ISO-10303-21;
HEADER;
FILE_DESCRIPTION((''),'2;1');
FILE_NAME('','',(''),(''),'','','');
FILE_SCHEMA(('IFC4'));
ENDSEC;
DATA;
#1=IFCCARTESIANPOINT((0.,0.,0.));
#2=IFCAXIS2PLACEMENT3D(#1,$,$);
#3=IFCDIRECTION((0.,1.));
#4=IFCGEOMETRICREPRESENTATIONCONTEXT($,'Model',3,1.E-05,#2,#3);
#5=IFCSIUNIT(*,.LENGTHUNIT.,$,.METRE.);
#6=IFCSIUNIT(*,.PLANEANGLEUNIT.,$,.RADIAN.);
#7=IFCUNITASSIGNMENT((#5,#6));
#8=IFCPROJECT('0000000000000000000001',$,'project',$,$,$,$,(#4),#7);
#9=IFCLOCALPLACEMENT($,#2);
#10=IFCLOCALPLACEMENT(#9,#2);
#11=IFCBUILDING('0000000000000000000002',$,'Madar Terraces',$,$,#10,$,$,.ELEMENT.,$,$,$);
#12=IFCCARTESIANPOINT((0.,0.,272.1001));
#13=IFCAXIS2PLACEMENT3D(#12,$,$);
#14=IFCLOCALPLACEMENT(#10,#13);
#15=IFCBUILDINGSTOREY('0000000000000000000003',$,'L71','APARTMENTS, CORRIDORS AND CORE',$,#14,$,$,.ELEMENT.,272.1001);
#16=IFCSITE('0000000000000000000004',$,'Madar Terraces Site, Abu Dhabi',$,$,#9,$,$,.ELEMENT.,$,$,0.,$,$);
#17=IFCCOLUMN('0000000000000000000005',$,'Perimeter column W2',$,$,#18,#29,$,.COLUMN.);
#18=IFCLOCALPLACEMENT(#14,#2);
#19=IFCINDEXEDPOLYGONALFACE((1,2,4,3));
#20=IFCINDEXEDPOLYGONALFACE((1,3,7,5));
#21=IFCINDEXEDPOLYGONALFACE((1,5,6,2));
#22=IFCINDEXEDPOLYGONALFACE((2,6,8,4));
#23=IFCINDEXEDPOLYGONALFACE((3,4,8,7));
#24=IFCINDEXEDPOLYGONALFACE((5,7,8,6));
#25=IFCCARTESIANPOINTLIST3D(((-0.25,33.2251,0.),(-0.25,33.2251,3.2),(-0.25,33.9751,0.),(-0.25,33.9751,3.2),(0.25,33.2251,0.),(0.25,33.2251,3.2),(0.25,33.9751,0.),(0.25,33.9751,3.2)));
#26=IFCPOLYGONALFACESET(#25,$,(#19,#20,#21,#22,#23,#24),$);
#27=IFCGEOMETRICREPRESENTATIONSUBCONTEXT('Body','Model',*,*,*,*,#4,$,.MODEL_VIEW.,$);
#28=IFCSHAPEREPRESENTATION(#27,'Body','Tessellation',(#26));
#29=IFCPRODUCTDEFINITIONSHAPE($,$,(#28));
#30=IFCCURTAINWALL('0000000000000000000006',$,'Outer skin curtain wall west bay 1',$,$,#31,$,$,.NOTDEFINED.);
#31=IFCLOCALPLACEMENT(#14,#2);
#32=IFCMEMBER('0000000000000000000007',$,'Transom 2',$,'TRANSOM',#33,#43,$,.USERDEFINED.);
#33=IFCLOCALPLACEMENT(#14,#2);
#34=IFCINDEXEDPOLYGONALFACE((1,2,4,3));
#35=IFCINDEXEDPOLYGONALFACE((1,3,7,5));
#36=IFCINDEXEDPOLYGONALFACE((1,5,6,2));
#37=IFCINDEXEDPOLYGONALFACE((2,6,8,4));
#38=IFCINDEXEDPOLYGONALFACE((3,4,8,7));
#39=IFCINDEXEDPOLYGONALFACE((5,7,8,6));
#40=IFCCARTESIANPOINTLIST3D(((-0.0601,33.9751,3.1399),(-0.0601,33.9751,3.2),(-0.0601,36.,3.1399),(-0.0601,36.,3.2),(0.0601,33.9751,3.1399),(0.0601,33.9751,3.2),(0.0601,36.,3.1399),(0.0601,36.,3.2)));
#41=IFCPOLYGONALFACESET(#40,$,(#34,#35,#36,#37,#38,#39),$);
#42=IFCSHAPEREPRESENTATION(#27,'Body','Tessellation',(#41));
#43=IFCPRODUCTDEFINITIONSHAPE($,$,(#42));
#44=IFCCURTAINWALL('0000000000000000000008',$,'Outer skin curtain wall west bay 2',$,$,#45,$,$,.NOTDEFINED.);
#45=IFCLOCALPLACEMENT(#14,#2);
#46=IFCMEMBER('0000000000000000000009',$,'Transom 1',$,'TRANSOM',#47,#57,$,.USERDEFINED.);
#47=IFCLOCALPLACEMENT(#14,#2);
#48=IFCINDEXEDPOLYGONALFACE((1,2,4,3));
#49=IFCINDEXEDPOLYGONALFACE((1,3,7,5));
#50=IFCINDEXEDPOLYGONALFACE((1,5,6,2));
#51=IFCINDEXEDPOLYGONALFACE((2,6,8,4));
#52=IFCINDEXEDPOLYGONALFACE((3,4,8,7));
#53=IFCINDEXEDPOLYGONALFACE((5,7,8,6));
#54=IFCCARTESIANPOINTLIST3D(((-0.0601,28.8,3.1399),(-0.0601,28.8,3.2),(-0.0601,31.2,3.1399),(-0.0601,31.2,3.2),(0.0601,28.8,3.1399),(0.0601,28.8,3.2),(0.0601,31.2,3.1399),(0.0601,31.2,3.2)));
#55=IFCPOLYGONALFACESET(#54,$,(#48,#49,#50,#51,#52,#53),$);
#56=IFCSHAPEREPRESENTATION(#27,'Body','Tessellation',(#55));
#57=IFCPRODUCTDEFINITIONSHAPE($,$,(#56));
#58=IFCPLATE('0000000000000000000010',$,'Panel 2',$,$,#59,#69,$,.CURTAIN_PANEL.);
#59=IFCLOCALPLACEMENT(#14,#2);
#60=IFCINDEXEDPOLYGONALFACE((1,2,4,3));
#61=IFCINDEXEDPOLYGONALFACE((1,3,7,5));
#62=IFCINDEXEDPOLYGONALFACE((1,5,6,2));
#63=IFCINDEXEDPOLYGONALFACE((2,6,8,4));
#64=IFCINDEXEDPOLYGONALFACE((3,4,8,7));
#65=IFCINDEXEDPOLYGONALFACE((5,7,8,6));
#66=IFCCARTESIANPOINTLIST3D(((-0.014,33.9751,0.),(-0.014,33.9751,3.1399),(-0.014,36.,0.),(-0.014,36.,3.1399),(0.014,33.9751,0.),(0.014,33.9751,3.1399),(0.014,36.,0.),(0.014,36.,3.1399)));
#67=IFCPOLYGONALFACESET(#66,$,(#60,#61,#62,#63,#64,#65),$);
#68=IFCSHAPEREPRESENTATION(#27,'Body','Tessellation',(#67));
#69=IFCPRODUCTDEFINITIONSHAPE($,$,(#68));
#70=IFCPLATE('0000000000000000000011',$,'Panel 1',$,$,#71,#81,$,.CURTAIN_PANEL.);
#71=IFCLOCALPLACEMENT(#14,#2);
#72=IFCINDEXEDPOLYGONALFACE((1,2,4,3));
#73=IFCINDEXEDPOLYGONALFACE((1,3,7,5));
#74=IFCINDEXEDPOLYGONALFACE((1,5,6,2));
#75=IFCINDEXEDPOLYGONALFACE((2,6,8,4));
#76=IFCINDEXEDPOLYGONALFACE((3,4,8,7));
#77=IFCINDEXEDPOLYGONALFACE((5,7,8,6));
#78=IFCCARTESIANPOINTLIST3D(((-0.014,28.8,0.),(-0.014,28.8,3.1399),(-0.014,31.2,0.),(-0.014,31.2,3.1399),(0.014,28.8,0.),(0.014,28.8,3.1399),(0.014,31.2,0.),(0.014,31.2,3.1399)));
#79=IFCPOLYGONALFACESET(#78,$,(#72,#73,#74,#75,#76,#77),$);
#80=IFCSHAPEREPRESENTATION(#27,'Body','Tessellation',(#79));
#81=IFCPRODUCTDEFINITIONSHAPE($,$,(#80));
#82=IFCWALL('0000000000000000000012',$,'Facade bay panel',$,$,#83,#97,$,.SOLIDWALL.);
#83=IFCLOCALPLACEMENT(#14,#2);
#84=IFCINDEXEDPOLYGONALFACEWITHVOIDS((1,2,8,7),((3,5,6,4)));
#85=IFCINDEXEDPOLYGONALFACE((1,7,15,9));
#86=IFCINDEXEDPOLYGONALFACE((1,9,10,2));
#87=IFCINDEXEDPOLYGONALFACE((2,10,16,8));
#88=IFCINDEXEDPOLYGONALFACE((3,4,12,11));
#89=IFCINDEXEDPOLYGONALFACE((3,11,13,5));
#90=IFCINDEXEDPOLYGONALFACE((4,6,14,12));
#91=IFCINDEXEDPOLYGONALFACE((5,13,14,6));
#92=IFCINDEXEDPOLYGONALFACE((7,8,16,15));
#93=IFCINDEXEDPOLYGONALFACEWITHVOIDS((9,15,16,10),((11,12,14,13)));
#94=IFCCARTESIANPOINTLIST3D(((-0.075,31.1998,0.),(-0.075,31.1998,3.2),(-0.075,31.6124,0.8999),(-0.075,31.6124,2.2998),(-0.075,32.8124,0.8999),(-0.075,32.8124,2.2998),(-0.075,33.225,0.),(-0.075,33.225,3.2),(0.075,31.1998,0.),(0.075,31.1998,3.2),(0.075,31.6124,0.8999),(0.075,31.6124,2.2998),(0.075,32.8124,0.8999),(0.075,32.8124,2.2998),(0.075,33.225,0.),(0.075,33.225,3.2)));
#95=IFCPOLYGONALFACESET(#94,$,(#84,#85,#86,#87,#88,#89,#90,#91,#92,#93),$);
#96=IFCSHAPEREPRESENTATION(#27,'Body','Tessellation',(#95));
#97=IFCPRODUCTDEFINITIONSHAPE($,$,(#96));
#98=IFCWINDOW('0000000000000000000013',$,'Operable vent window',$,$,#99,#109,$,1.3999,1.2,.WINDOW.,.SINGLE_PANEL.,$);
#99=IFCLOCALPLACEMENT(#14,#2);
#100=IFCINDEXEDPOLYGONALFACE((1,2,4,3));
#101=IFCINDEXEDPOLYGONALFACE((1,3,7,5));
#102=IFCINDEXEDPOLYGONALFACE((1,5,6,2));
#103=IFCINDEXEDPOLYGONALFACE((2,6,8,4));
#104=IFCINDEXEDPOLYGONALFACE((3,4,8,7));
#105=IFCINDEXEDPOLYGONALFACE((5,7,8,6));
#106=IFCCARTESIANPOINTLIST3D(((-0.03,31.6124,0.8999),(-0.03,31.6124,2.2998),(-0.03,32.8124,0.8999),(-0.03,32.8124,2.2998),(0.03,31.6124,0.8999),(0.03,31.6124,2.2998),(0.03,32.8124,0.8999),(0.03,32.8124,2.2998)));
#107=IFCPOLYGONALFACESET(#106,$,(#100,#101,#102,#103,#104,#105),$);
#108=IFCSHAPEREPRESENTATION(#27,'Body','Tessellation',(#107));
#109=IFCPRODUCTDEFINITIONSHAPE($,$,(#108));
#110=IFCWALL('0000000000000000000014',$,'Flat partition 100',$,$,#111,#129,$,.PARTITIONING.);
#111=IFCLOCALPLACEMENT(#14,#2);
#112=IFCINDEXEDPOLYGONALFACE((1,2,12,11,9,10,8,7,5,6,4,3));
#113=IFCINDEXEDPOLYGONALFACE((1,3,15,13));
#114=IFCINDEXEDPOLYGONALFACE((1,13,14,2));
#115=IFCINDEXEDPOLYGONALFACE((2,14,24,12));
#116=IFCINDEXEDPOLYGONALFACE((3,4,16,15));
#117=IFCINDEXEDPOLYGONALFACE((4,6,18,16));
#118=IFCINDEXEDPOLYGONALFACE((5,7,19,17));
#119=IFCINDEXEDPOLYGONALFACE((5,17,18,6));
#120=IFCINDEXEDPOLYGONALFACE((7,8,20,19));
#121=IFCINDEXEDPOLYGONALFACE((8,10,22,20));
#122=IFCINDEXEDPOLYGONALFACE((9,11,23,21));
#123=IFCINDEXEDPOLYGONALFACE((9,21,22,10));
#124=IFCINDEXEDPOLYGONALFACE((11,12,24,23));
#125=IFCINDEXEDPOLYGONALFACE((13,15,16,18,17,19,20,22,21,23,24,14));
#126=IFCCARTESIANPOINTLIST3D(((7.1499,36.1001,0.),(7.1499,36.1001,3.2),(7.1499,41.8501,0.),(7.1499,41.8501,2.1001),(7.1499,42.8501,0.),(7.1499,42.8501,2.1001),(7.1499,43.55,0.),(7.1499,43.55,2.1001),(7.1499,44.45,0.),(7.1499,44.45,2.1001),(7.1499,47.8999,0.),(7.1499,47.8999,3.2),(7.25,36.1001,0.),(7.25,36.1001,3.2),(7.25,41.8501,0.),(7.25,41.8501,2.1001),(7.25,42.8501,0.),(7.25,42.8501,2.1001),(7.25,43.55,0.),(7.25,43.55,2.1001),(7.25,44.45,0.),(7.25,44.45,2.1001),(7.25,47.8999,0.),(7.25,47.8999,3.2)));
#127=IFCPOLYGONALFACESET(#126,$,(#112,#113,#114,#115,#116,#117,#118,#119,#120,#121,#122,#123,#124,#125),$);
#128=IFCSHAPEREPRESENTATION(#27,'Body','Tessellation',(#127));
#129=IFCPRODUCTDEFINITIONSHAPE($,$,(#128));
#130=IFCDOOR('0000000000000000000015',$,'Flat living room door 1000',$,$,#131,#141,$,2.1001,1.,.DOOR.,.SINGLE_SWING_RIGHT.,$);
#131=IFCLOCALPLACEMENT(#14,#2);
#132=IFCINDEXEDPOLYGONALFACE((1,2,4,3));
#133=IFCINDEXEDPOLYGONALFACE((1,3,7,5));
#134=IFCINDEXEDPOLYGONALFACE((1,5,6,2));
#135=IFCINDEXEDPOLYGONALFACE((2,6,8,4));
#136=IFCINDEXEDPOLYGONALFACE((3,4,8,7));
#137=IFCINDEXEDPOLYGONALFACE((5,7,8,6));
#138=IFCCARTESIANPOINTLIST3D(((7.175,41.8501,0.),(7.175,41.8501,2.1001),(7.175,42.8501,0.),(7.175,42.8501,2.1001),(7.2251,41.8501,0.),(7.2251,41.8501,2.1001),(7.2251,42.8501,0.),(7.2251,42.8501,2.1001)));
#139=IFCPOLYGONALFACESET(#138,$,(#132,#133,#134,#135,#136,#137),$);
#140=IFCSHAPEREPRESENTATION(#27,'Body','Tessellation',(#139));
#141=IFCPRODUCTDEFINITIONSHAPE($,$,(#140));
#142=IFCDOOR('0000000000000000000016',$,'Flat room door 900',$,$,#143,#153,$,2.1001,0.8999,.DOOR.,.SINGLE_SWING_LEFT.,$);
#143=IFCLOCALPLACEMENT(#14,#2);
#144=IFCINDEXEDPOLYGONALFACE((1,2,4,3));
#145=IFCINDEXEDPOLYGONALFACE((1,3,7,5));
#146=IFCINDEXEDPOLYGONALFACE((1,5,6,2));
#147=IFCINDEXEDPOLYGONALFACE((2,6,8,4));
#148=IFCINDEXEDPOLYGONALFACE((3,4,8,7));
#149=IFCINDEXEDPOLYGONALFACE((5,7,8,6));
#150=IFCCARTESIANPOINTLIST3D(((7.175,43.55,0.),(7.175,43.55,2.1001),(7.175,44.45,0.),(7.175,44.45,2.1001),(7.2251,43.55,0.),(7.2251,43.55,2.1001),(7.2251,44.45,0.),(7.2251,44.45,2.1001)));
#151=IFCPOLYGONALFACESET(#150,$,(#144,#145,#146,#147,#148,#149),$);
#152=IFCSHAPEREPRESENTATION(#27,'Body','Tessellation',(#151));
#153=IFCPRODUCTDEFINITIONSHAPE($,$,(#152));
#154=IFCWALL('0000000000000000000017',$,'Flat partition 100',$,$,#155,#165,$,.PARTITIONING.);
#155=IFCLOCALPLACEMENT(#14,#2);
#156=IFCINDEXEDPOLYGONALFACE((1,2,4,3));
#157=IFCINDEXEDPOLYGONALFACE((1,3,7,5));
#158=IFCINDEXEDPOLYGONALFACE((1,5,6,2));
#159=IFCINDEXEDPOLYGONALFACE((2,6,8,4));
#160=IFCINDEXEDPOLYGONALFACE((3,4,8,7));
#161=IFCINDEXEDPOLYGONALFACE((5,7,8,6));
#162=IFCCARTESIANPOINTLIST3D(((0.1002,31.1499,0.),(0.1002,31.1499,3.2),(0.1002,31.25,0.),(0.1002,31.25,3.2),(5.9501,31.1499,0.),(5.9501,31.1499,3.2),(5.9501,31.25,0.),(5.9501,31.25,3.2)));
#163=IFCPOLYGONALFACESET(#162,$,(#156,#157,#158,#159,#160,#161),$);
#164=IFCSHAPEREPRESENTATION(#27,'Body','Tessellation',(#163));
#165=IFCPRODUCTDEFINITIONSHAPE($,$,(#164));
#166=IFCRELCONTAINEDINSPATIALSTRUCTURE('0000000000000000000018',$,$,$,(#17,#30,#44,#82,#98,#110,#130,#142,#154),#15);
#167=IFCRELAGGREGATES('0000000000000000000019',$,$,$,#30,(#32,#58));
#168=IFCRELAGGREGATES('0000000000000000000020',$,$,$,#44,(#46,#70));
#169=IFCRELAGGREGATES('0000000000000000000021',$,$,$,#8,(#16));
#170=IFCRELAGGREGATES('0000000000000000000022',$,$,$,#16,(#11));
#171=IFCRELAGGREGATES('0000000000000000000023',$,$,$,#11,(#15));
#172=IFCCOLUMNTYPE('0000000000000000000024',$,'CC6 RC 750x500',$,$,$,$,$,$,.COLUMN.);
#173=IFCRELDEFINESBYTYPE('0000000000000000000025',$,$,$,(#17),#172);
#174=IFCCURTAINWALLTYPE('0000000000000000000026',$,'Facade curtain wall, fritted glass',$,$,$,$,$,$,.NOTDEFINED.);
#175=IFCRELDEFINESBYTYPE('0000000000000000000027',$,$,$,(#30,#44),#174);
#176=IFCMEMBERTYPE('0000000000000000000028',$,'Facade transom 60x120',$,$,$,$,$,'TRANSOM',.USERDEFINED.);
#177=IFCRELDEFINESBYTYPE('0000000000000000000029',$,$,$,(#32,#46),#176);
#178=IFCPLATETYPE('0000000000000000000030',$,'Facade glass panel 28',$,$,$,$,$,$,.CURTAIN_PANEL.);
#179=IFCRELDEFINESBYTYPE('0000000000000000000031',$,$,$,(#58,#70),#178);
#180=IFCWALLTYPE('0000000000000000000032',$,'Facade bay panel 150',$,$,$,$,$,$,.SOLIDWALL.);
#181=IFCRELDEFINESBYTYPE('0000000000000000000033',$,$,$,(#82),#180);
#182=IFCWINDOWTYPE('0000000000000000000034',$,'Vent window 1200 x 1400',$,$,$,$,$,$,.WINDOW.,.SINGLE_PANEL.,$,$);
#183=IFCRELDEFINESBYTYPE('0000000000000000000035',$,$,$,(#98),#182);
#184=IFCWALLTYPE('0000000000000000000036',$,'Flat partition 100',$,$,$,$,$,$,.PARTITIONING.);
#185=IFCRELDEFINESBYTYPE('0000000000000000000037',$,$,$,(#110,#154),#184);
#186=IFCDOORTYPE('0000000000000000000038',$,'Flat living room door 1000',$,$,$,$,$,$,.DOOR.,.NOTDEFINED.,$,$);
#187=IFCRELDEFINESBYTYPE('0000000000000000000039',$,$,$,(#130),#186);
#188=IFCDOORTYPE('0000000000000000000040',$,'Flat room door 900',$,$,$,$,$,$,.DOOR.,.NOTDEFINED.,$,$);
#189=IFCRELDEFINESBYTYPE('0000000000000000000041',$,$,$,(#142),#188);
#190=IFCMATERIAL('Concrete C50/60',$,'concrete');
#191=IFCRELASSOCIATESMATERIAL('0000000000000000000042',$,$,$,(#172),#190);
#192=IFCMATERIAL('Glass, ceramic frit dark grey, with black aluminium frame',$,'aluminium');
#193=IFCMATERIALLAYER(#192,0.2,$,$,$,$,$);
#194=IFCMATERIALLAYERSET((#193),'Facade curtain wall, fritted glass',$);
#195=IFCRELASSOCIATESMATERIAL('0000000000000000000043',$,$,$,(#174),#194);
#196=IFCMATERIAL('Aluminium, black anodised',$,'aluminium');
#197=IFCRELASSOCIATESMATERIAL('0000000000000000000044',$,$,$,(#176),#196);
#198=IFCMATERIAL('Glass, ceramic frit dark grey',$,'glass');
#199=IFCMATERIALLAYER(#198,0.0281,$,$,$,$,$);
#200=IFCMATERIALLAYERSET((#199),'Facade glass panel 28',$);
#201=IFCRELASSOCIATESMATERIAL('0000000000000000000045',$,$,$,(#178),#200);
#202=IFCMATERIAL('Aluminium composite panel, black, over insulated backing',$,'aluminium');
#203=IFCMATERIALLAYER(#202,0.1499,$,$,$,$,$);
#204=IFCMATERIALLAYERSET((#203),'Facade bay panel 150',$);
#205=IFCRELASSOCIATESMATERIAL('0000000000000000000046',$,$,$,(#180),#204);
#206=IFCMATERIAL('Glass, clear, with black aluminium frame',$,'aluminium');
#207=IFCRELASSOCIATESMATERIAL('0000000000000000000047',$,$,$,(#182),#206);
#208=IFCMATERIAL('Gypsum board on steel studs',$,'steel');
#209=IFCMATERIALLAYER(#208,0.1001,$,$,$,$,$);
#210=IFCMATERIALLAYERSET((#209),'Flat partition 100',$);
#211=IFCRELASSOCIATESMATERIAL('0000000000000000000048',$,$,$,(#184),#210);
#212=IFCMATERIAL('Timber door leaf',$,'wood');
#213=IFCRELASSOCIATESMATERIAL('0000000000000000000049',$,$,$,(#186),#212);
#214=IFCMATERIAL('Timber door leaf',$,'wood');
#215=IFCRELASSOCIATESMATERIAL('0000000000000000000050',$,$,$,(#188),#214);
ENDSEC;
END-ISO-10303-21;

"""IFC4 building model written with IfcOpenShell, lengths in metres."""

from ifc_helpers import new_model, si_unit, direction, frame, frame_2d, origin, origin_2d, place, context, subcontext, project, spatial, rectangle, extrude, material, layer, layer_set, material_profile, profile_set, type_object, element, fill, aggregate, save


model = new_model("IFC4")

# Units and contexts
model_context = context("Model", 3, precision=1e-05, world=origin(), true_north=direction((0.0, 1.0)))
body_context = subcontext(model_context, "Body", "Model", "MODEL_VIEW")
ifc_project = project(units=[si_unit("LENGTHUNIT", "METRE"), si_unit("PLANEANGLEUNIT", "RADIAN")], contexts=[model_context])

# Site, building, storey
site_placement = place(None, origin())
site = spatial("IfcSite", under=ifc_project, at=site_placement, Name="Madar Terraces Site, Abu Dhabi", CompositionType="ELEMENT", RefElevation=0.0)
building_placement = place(site_placement, origin())
building = spatial("IfcBuilding", under=site, at=building_placement, Name="Madar Terraces", CompositionType="ELEMENT")
storey_placement = place(building_placement, frame((0.0, 0.0, 272.1001)))
storey = spatial("IfcBuildingStorey", under=building, at=storey_placement, Name="L71", Description="APARTMENTS, CORRIDORS AND CORE", CompositionType="ELEMENT", Elevation=272.1001)

# Column
ifc_material_1 = material(Name="Concrete C50/60", Category="concrete")
ifc_material_profile_1 = material_profile(ifc_material_1, rectangle(XDim=0.75, YDim=0.5, at=origin_2d()), Name="CC6 RC 750x500")
ifc_profile_set_1 = profile_set([ifc_material_profile_1], Name="Concrete C50/60")
column_type = type_object("IfcColumnType", Name="CC6 RC 750x500", PredefinedType="COLUMN", material=ifc_profile_set_1)
column_placement = place(storey_placement, frame((0.0, 33.6001, 0.0), z_axis=(0.0, 0.0, 1.0), x_axis=(0.0, 1.0, 0.0)))
element("IfcColumn", 1, at=column_placement, inside=storey, type_object=column_type, Name="Perimeter column W2", PredefinedType="COLUMN", context=body_context, shape_type="SweptSolid", body=[
    extrude(rectangle(XDim=0.75, YDim=0.5, at=origin_2d()), origin(), (0.0, 0.0, 1.0), 3.2),
])

# Curtain walls, members
ifc_material_2 = material(Name="Glass, ceramic frit dark grey, with black aluminium frame", Category="aluminium")
ifc_layer_1 = layer(ifc_material_2, 0.2)
ifc_layer_set_1 = layer_set([ifc_layer_1], Name="Facade curtain wall, fritted glass")
curtain_wall_type = type_object("IfcCurtainWallType", Name="Facade curtain wall, fritted glass", PredefinedType="NOTDEFINED", material=ifc_layer_set_1)
curtain_wall_1_placement = place(storey_placement, origin())
curtain_wall_1 = element("IfcCurtainWall", 2, at=curtain_wall_1_placement, inside=storey, type_object=curtain_wall_type, Name="Outer skin curtain wall west bay 1", PredefinedType="NOTDEFINED")
ifc_material_3 = material(Name="Aluminium, black anodised", Category="aluminium")
ifc_material_profile_2 = material_profile(ifc_material_3, rectangle(XDim=0.1201, YDim=0.0601, at=origin_2d()), Name="Facade transom 60x120")
ifc_profile_set_2 = profile_set([ifc_material_profile_2], Name="Aluminium, black anodised")
member_type = type_object("IfcMemberType", Name="Facade transom 60x120", ElementType="TRANSOM", PredefinedType="USERDEFINED", material=ifc_profile_set_2)
member_1_placement = place(storey_placement, frame((0.0, 36.0, 3.1699), z_axis=(0.0, -1.0, 0.0), x_axis=(1.0, 0.0, 0.0)))
member_1 = element("IfcMember", 3, at=member_1_placement, type_object=member_type, Name="Transom 2", ObjectType="TRANSOM", PredefinedType="USERDEFINED", context=body_context, shape_type="SweptSolid", body=[
    extrude(rectangle(XDim=0.1201, YDim=0.0601, at=origin_2d()), origin(), (0.0, 0.0, 1.0), 2.0249),
])
curtain_wall_2_placement = place(storey_placement, origin())
curtain_wall_2 = element("IfcCurtainWall", 4, at=curtain_wall_2_placement, inside=storey, type_object=curtain_wall_type, Name="Outer skin curtain wall west bay 2", PredefinedType="NOTDEFINED")
member_2_placement = place(storey_placement, frame((0.0, 31.2, 3.1699), z_axis=(0.0, -1.0, 0.0), x_axis=(1.0, 0.0, 0.0)))
member_2 = element("IfcMember", 5, at=member_2_placement, type_object=member_type, Name="Transom 1", ObjectType="TRANSOM", PredefinedType="USERDEFINED", context=body_context, shape_type="SweptSolid", body=[
    extrude(rectangle(XDim=0.1201, YDim=0.0601, at=origin_2d()), origin(), (0.0, 0.0, 1.0), 2.3999),
])

# Plates
ifc_material_4 = material(Name="Glass, ceramic frit dark grey", Category="glass")
ifc_layer_2 = layer(ifc_material_4, 0.0281)
ifc_layer_set_2 = layer_set([ifc_layer_2], Name="Facade glass panel 28")
plate_type = type_object("IfcPlateType", Name="Facade glass panel 28", PredefinedType="CURTAIN_PANEL", material=ifc_layer_set_2)
plate_1_placement = place(storey_placement, frame((0.0, 34.9875, 0.0), z_axis=(0.0, 0.0, 1.0), x_axis=(0.0, -1.0, 0.0)))
plate_1 = element("IfcPlate", 6, at=plate_1_placement, type_object=plate_type, Name="Panel 2", PredefinedType="CURTAIN_PANEL", context=body_context, shape_type="SweptSolid", body=[
    extrude(rectangle(XDim=2.0249, YDim=0.0281, at=origin_2d()), origin(), (0.0, 0.0, 1.0), 3.1399),
])
aggregate(curtain_wall_1, [member_1, plate_1])
plate_2_placement = place(storey_placement, frame((0.0, 30.0, 0.0), z_axis=(0.0, 0.0, 1.0), x_axis=(0.0, -1.0, 0.0)))
plate_2 = element("IfcPlate", 7, at=plate_2_placement, type_object=plate_type, Name="Panel 1", PredefinedType="CURTAIN_PANEL", context=body_context, shape_type="SweptSolid", body=[
    extrude(rectangle(XDim=2.3999, YDim=0.0281, at=origin_2d()), origin(), (0.0, 0.0, 1.0), 3.1399),
])
aggregate(curtain_wall_2, [member_2, plate_2])

# Wall, opening, window
ifc_material_5 = material(Name="Aluminium composite panel, black, over insulated backing", Category="aluminium")
ifc_layer_3 = layer(ifc_material_5, 0.1499)
ifc_layer_set_3 = layer_set([ifc_layer_3], Name="Facade bay panel 150")
wall_type_1 = type_object("IfcWallType", Name="Facade bay panel 150", PredefinedType="SOLIDWALL", material=ifc_layer_set_3)
wall_1_placement = place(storey_placement, frame((0.0, 33.2251, 0.0), z_axis=(0.0, 0.0, 1.0), x_axis=(0.0, -1.0, 0.0)))
wall_1 = element("IfcWall", 8, at=wall_1_placement, inside=storey, type_object=wall_type_1, Name="Facade bay panel", PredefinedType="SOLIDWALL", context=body_context, shape_type="SweptSolid", body=[
    extrude(rectangle(XDim=2.0251, YDim=0.1499, at=frame_2d((1.0127, 0.0))), origin(), (0.0, 0.0, 1.0), 3.2),
])
opening_1_placement = place(wall_1_placement, frame((0.4126, 0.0, 0.8999)))
opening_1 = element("IfcOpeningElement", 9, at=opening_1_placement, cuts=wall_1, PredefinedType="OPENING", context=body_context, shape_type="SweptSolid", body=[
    extrude(rectangle(XDim=1.2, YDim=1.3999, at=frame_2d((0.6001, 0.7))), frame((0.0, 0.085, 0.0), z_axis=(0.0, -1.0, 0.0), x_axis=(1.0, 0.0, 0.0)), (0.0, 0.0, 1.0), 0.1699),
])
ifc_material_6 = material(Name="Glass, clear, with black aluminium frame", Category="aluminium")
window_type = type_object("IfcWindowType", Name="Vent window 1200 x 1400", PartitioningType="SINGLE_PANEL", PredefinedType="WINDOW", material=ifc_material_6)
window_placement = place(opening_1_placement, origin())
window = element("IfcWindow", 10, at=window_placement, inside=storey, type_object=window_type, Name="Operable vent window", OverallHeight=1.3999, OverallWidth=1.2, PartitioningType="SINGLE_PANEL", PredefinedType="WINDOW", context=body_context, shape_type="SweptSolid", body=[
    extrude(rectangle(XDim=1.2, YDim=1.3999, at=frame_2d((0.6001, 0.7))), frame((0.0, 0.03, 0.0), z_axis=(0.0, -1.0, 0.0), x_axis=(1.0, 0.0, 0.0)), (0.0, 0.0, 1.0), 0.0601),
])
fill(opening_1, window)

# Wall, openings, doors
ifc_material_7 = material(Name="Gypsum board on steel studs", Category="steel")
ifc_layer_4 = layer(ifc_material_7, 0.1001)
ifc_layer_set_4 = layer_set([ifc_layer_4], Name="Flat partition 100")
wall_type_2 = type_object("IfcWallType", Name="Flat partition 100", PredefinedType="PARTITIONING", material=ifc_layer_set_4)
wall_2_placement = place(storey_placement, frame((7.2, 36.1001, 0.0), z_axis=(0.0, 0.0, 1.0), x_axis=(0.0, 1.0, 0.0)))
wall_2 = element("IfcWall", 11, at=wall_2_placement, inside=storey, type_object=wall_type_2, Name="Flat partition 100", PredefinedType="PARTITIONING", context=body_context, shape_type="SweptSolid", body=[
    extrude(rectangle(XDim=11.7998, YDim=0.1001, at=frame_2d((5.8999, 0.0))), origin(), (0.0, 0.0, 1.0), 3.2),
])
opening_2_placement = place(wall_2_placement, frame((5.75, 0.0, 0.0)))
opening_2 = element("IfcOpeningElement", 12, at=opening_2_placement, cuts=wall_2, PredefinedType="OPENING", context=body_context, shape_type="SweptSolid", body=[
    extrude(rectangle(XDim=1.0, YDim=2.1001, at=frame_2d((0.5, 1.05))), frame((0.0, 0.0601, 0.0), z_axis=(0.0, -1.0, 0.0), x_axis=(1.0, 0.0, 0.0)), (0.0, 0.0, 1.0), 0.1201),
])
opening_3_placement = place(wall_2_placement, frame((7.45, 0.0, 0.0)))
opening_3 = element("IfcOpeningElement", 13, at=opening_3_placement, cuts=wall_2, PredefinedType="OPENING", context=body_context, shape_type="SweptSolid", body=[
    extrude(rectangle(XDim=0.8999, YDim=2.1001, at=frame_2d((0.45, 1.05))), frame((0.0, 0.0601, 0.0), z_axis=(0.0, -1.0, 0.0), x_axis=(1.0, 0.0, 0.0)), (0.0, 0.0, 1.0), 0.1201),
])
ifc_material_8 = material(Name="Timber door leaf", Category="wood")
door_type_1 = type_object("IfcDoorType", Name="Flat living room door 1000", OperationType="NOTDEFINED", PredefinedType="DOOR", material=ifc_material_8)
door_1_placement = place(opening_2_placement, origin())
door_1 = element("IfcDoor", 14, at=door_1_placement, inside=storey, type_object=door_type_1, Name="Flat living room door 1000", OperationType="SINGLE_SWING_RIGHT", OverallHeight=2.1001, OverallWidth=1.0, PredefinedType="DOOR", context=body_context, shape_type="SweptSolid", body=[
    extrude(rectangle(XDim=1.0, YDim=2.1001, at=frame_2d((0.5, 1.05))), frame((0.0, 0.0249, 0.0), z_axis=(0.0, -1.0, 0.0), x_axis=(1.0, 0.0, 0.0)), (0.0, 0.0, 1.0), 0.05),
])
fill(opening_2, door_1)
ifc_material_9 = material(Name="Timber door leaf", Category="wood")
door_type_2 = type_object("IfcDoorType", Name="Flat room door 900", OperationType="NOTDEFINED", PredefinedType="DOOR", material=ifc_material_9)
door_2_placement = place(opening_3_placement, origin())
door_2 = element("IfcDoor", 15, at=door_2_placement, inside=storey, type_object=door_type_2, Name="Flat room door 900", OperationType="SINGLE_SWING_LEFT", OverallHeight=2.1001, OverallWidth=0.8999, PredefinedType="DOOR", context=body_context, shape_type="SweptSolid", body=[
    extrude(rectangle(XDim=0.8999, YDim=2.1001, at=frame_2d((0.45, 1.05))), frame((0.0, 0.0249, 0.0), z_axis=(0.0, -1.0, 0.0), x_axis=(1.0, 0.0, 0.0)), (0.0, 0.0, 1.0), 0.05),
])
fill(opening_3, door_2)

# Wall
wall_3_placement = place(storey_placement, frame((5.95, 31.2, 0.0), z_axis=(0.0, 0.0, 1.0), x_axis=(-1.0, 0.0, 0.0)))
element("IfcWall", 16, at=wall_3_placement, inside=storey, type_object=wall_type_2, Name="Flat partition 100", PredefinedType="PARTITIONING", context=body_context, shape_type="SweptSolid", body=[
    extrude(rectangle(XDim=5.8499, YDim=0.1001, at=frame_2d((2.9248, 0.0))), origin(), (0.0, 0.0, 1.0), 3.2),
])

save(model, "model.ifc")
